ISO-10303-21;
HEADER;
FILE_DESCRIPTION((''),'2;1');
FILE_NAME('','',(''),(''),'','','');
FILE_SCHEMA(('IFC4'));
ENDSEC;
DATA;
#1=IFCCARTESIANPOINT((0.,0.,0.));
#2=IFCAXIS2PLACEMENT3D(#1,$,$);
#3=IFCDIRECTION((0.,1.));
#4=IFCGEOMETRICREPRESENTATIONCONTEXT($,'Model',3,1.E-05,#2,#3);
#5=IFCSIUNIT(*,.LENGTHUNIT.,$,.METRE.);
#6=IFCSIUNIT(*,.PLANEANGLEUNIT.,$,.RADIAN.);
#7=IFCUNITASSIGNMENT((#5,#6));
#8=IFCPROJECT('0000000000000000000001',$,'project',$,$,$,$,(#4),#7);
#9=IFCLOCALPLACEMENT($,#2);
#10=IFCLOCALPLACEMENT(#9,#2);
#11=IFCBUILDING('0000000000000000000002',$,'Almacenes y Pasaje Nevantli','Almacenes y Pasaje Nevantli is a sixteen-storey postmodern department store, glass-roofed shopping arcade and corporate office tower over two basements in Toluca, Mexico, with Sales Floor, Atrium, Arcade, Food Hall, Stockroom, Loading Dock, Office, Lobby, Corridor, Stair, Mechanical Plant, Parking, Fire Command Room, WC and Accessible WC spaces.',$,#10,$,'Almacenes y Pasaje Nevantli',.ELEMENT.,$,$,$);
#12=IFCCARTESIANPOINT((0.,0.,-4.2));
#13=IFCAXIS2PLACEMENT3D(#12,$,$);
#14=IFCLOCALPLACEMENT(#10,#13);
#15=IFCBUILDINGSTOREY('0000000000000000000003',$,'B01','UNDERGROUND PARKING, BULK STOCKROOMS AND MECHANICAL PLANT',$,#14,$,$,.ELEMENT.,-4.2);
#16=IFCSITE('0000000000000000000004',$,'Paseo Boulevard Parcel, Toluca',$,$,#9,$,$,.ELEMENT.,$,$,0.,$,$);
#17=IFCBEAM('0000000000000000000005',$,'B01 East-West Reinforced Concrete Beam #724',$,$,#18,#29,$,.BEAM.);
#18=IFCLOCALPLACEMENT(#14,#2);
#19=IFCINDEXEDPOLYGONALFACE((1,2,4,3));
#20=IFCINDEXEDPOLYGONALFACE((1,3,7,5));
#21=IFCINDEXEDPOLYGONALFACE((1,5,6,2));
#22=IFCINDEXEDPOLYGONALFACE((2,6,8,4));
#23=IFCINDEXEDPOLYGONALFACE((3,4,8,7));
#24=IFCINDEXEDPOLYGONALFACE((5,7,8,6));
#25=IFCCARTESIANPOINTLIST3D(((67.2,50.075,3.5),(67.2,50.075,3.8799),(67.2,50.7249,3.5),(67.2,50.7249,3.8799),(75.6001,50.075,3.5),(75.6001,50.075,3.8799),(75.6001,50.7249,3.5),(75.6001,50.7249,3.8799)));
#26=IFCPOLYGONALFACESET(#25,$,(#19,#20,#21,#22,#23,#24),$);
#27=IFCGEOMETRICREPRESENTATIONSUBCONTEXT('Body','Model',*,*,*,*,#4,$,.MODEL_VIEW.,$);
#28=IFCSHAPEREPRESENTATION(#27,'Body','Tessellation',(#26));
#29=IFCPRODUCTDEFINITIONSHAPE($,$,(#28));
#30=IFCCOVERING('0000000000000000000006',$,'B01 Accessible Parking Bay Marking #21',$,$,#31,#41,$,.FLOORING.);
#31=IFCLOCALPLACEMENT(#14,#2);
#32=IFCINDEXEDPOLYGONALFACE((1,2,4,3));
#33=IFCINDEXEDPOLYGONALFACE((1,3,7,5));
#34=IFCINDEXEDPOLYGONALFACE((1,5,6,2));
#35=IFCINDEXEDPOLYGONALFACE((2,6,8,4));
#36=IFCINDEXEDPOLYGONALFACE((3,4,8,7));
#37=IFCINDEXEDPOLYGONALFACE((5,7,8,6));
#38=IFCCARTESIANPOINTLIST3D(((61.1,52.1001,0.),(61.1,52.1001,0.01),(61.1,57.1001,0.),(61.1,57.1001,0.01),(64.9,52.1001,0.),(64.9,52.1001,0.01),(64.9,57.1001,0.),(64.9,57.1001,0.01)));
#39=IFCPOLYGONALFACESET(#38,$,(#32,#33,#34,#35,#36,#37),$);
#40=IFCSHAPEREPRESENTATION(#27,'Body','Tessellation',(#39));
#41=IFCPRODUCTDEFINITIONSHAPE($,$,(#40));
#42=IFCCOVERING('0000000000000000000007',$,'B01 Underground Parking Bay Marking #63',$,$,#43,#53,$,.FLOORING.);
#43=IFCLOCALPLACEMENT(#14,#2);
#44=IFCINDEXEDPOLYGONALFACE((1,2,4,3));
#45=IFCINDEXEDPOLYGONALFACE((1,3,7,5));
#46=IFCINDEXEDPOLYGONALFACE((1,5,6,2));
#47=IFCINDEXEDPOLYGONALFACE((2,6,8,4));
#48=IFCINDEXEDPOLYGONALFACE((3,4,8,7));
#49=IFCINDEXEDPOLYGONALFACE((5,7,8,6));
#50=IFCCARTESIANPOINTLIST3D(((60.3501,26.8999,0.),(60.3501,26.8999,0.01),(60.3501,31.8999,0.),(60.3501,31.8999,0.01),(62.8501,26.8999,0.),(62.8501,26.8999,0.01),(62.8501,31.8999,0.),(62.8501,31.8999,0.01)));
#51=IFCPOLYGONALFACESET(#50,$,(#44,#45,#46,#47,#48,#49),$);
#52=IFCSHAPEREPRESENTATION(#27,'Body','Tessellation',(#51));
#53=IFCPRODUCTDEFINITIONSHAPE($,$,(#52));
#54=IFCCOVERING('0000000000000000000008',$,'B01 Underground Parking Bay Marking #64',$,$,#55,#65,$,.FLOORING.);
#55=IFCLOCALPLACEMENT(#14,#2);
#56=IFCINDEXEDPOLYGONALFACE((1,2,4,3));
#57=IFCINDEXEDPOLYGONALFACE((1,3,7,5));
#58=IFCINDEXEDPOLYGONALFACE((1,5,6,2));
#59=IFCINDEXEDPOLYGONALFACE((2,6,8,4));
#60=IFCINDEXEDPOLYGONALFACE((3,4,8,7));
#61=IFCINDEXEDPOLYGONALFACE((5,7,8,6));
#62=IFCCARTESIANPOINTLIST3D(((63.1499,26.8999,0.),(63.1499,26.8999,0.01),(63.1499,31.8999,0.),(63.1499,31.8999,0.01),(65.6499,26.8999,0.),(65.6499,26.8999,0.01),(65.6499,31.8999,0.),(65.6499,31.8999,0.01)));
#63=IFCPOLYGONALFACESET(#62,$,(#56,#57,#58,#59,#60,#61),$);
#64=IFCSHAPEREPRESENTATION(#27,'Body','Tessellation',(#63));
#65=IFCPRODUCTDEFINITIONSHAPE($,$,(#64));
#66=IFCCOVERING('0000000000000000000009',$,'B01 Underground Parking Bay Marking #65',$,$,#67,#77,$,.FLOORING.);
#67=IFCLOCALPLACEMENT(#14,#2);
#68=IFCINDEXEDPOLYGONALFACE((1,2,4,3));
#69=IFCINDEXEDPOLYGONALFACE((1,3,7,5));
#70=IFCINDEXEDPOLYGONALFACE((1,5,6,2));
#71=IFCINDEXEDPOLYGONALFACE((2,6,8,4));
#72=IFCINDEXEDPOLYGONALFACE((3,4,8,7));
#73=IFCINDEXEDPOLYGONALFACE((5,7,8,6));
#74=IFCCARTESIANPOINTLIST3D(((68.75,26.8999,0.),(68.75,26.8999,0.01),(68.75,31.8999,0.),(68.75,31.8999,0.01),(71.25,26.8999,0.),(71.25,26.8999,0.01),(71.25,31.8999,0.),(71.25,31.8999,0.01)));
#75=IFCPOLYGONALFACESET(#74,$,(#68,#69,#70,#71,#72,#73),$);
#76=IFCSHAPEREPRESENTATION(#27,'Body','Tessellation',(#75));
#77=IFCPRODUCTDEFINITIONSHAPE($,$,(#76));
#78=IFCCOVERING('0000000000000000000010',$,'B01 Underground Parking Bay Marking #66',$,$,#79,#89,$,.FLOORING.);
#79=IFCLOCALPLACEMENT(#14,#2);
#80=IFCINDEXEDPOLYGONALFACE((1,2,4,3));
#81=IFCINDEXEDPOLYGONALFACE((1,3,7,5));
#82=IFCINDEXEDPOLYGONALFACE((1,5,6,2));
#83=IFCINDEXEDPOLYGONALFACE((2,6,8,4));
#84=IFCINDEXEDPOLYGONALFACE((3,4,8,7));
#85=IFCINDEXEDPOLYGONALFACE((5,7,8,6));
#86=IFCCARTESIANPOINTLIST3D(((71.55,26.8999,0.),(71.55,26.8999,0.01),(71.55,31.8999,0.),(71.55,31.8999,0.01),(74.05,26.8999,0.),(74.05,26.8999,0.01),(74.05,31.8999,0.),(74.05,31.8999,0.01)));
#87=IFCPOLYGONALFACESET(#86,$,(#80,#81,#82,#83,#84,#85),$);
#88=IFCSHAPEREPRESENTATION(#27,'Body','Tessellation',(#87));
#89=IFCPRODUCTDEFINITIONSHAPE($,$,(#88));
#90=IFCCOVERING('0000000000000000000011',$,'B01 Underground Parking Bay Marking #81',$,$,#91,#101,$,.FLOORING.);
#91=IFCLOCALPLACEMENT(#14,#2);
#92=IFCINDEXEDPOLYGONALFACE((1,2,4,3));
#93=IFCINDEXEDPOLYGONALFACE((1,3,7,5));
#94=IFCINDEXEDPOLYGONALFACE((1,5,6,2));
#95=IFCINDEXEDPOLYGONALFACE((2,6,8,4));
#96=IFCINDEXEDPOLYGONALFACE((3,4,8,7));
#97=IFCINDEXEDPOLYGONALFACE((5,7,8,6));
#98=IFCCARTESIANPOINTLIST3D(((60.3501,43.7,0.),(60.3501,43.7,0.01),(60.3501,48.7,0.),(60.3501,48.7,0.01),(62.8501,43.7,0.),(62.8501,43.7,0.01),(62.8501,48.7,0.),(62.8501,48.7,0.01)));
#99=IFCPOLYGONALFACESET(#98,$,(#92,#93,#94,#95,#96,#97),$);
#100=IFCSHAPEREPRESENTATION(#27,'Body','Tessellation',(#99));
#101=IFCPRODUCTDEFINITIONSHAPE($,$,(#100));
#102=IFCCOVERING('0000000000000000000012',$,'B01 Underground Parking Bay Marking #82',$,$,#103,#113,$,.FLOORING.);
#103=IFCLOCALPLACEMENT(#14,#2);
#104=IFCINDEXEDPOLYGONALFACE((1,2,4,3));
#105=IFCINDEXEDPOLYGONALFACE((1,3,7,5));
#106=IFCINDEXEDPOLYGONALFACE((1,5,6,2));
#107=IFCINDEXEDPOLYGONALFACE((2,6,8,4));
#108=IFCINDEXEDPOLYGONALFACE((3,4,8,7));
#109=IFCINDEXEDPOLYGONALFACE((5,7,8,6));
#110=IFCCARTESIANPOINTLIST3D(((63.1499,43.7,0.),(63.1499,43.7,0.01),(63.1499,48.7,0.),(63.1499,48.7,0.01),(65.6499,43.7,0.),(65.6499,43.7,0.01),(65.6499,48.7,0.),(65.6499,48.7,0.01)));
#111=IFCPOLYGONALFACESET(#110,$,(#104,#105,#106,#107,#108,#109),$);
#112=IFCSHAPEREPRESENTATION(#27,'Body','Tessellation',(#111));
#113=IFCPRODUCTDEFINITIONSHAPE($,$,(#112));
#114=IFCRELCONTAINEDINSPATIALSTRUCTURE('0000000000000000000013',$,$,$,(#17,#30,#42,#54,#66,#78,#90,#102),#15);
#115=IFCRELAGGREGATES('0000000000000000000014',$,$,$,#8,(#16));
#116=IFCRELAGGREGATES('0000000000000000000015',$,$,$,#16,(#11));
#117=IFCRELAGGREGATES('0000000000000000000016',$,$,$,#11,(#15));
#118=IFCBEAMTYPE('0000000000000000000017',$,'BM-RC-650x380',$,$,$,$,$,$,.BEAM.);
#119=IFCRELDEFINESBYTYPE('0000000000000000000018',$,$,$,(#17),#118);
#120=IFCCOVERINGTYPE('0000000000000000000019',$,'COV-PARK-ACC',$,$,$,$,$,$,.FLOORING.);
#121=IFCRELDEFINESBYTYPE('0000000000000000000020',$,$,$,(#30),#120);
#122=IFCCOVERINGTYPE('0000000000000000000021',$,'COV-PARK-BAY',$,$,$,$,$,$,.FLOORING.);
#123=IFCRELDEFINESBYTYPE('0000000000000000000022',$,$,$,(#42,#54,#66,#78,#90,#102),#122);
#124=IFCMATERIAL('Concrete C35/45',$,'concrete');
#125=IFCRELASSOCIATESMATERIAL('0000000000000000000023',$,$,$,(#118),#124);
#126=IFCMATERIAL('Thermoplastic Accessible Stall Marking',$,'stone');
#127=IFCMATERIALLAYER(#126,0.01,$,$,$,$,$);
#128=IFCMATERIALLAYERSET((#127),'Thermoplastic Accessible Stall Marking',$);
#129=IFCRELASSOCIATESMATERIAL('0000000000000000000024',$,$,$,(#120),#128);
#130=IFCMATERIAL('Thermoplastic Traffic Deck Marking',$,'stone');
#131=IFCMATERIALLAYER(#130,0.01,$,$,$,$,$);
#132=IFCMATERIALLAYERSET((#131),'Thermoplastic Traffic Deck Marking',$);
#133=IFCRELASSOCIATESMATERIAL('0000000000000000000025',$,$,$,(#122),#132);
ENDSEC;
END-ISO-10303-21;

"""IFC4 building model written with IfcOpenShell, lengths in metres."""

from ifc_helpers import new_model, si_unit, direction, frame, origin, origin_2d, place, context, subcontext, project, spatial, rectangle, extrude, material, layer, layer_set, material_profile, profile_set, type_object, element, save


model = new_model("IFC4")

# Units and contexts
model_context = context("Model", 3, precision=1e-05, world=origin(), true_north=direction((0.0, 1.0)))
body_context = subcontext(model_context, "Body", "Model", "MODEL_VIEW")
ifc_project = project(units=[si_unit("LENGTHUNIT", "METRE"), si_unit("PLANEANGLEUNIT", "RADIAN")], contexts=[model_context])

# Site, building, storey
site_placement = place(None, origin())
site = spatial("IfcSite", under=ifc_project, at=site_placement, Name="Paseo Boulevard Parcel, Toluca", CompositionType="ELEMENT", RefElevation=0.0)
building_placement = place(site_placement, origin())
building = spatial("IfcBuilding", under=site, at=building_placement, Name="Almacenes y Pasaje Nevantli", Description="Almacenes y Pasaje Nevantli is a sixteen-storey postmodern department store, glass-roofed shopping arcade and corporate office tower over two basements in Toluca, Mexico, with Sales Floor, Atrium, Arcade, Food Hall, Stockroom, Loading Dock, Office, Lobby, Corridor, Stair, Mechanical Plant, Parking, Fire Command Room, WC and Accessible WC spaces.", LongName="Almacenes y Pasaje Nevantli", CompositionType="ELEMENT")
storey_placement = place(building_placement, frame((0.0, 0.0, -4.2)))
storey = spatial("IfcBuildingStorey", under=building, at=storey_placement, Name="B01", Description="UNDERGROUND PARKING, BULK STOCKROOMS AND MECHANICAL PLANT", CompositionType="ELEMENT", Elevation=-4.2)

# Beam
ifc_material_1 = material(Name="Concrete C35/45", Category="concrete")
ifc_material_profile_1 = material_profile(ifc_material_1, rectangle(XDim=0.6499, YDim=0.3799, at=origin_2d()), Name="RC-BM-650x380")
ifc_profile_set_1 = profile_set([ifc_material_profile_1], Name="Concrete C35/45")
beam_type_1 = type_object("IfcBeamType", Name="BM-RC-650x380", PredefinedType="BEAM", material=ifc_profile_set_1)
for number, where, z_axis, x_axis, name in (
    (1, (67.2, 50.3999, 3.6899), (1.0, 0.0, 0.0), (0.0, 1.0, 0.0), "B01 East-West Reinforced Concrete Beam #724"),
):
    element("IfcBeam", number, at=place(storey_placement, frame(where, z_axis=z_axis, x_axis=x_axis)), inside=storey, type_object=beam_type_1, Name=name, PredefinedType="BEAM", context=body_context, shape_type="SweptSolid", body=[
        extrude(rectangle(XDim=0.6499, YDim=0.3799, at=origin_2d()), origin(), (0.0, 0.0, 1.0), 8.4001),
    ])

# Coverings
ifc_material_2 = material(Name="Thermoplastic Accessible Stall Marking", Category="stone")
ifc_layer_1 = layer(ifc_material_2, 0.01)
ifc_layer_set_1 = layer_set([ifc_layer_1], Name="Thermoplastic Accessible Stall Marking")
covering_type_1 = type_object("IfcCoveringType", Name="COV-PARK-ACC", PredefinedType="FLOORING", material=ifc_layer_set_1)
covering_placement = place(storey_placement, frame((63.0, 54.6001, 0.0), z_axis=(0.0, 0.0, 1.0), x_axis=(1.0, 0.0, 0.0)))
element("IfcCovering", 2, at=covering_placement, inside=storey, type_object=covering_type_1, Name="B01 Accessible Parking Bay Marking #21", PredefinedType="FLOORING", context=body_context, shape_type="SweptSolid", body=[
    extrude(rectangle(XDim=3.8, YDim=5.0, at=origin_2d()), origin(), (0.0, 0.0, 1.0), 0.01),
])
ifc_material_3 = material(Name="Thermoplastic Traffic Deck Marking", Category="stone")
ifc_layer_2 = layer(ifc_material_3, 0.01)
ifc_layer_set_2 = layer_set([ifc_layer_2], Name="Thermoplastic Traffic Deck Marking")
covering_type_2 = type_object("IfcCoveringType", Name="COV-PARK-BAY", PredefinedType="FLOORING", material=ifc_layer_set_2)
for number, where, z_axis, x_axis, name in (
    (3, (61.6001, 29.3999, 0.0), (0.0, 0.0, 1.0), (1.0, 0.0, 0.0), "B01 Underground Parking Bay Marking #63"),
    (4, (64.3999, 29.3999, 0.0), (0.0, 0.0, 1.0), (1.0, 0.0, 0.0), "B01 Underground Parking Bay Marking #64"),
    (5, (70.0, 29.3999, 0.0), (0.0, 0.0, 1.0), (1.0, 0.0, 0.0), "B01 Underground Parking Bay Marking #65"),
    (6, (72.8, 29.3999, 0.0), (0.0, 0.0, 1.0), (1.0, 0.0, 0.0), "B01 Underground Parking Bay Marking #66"),
    (7, (61.6001, 46.2, 0.0), (0.0, 0.0, 1.0), (1.0, 0.0, 0.0), "B01 Underground Parking Bay Marking #81"),
    (8, (64.3999, 46.2, 0.0), (0.0, 0.0, 1.0), (1.0, 0.0, 0.0), "B01 Underground Parking Bay Marking #82"),
):
    element("IfcCovering", number, at=place(storey_placement, frame(where, z_axis=z_axis, x_axis=x_axis)), inside=storey, type_object=covering_type_2, Name=name, PredefinedType="FLOORING", context=body_context, shape_type="SweptSolid", body=[
        extrude(rectangle(XDim=2.5, YDim=5.0, at=origin_2d()), origin(), (0.0, 0.0, 1.0), 0.01),
    ])

save(model, "model.ifc")
